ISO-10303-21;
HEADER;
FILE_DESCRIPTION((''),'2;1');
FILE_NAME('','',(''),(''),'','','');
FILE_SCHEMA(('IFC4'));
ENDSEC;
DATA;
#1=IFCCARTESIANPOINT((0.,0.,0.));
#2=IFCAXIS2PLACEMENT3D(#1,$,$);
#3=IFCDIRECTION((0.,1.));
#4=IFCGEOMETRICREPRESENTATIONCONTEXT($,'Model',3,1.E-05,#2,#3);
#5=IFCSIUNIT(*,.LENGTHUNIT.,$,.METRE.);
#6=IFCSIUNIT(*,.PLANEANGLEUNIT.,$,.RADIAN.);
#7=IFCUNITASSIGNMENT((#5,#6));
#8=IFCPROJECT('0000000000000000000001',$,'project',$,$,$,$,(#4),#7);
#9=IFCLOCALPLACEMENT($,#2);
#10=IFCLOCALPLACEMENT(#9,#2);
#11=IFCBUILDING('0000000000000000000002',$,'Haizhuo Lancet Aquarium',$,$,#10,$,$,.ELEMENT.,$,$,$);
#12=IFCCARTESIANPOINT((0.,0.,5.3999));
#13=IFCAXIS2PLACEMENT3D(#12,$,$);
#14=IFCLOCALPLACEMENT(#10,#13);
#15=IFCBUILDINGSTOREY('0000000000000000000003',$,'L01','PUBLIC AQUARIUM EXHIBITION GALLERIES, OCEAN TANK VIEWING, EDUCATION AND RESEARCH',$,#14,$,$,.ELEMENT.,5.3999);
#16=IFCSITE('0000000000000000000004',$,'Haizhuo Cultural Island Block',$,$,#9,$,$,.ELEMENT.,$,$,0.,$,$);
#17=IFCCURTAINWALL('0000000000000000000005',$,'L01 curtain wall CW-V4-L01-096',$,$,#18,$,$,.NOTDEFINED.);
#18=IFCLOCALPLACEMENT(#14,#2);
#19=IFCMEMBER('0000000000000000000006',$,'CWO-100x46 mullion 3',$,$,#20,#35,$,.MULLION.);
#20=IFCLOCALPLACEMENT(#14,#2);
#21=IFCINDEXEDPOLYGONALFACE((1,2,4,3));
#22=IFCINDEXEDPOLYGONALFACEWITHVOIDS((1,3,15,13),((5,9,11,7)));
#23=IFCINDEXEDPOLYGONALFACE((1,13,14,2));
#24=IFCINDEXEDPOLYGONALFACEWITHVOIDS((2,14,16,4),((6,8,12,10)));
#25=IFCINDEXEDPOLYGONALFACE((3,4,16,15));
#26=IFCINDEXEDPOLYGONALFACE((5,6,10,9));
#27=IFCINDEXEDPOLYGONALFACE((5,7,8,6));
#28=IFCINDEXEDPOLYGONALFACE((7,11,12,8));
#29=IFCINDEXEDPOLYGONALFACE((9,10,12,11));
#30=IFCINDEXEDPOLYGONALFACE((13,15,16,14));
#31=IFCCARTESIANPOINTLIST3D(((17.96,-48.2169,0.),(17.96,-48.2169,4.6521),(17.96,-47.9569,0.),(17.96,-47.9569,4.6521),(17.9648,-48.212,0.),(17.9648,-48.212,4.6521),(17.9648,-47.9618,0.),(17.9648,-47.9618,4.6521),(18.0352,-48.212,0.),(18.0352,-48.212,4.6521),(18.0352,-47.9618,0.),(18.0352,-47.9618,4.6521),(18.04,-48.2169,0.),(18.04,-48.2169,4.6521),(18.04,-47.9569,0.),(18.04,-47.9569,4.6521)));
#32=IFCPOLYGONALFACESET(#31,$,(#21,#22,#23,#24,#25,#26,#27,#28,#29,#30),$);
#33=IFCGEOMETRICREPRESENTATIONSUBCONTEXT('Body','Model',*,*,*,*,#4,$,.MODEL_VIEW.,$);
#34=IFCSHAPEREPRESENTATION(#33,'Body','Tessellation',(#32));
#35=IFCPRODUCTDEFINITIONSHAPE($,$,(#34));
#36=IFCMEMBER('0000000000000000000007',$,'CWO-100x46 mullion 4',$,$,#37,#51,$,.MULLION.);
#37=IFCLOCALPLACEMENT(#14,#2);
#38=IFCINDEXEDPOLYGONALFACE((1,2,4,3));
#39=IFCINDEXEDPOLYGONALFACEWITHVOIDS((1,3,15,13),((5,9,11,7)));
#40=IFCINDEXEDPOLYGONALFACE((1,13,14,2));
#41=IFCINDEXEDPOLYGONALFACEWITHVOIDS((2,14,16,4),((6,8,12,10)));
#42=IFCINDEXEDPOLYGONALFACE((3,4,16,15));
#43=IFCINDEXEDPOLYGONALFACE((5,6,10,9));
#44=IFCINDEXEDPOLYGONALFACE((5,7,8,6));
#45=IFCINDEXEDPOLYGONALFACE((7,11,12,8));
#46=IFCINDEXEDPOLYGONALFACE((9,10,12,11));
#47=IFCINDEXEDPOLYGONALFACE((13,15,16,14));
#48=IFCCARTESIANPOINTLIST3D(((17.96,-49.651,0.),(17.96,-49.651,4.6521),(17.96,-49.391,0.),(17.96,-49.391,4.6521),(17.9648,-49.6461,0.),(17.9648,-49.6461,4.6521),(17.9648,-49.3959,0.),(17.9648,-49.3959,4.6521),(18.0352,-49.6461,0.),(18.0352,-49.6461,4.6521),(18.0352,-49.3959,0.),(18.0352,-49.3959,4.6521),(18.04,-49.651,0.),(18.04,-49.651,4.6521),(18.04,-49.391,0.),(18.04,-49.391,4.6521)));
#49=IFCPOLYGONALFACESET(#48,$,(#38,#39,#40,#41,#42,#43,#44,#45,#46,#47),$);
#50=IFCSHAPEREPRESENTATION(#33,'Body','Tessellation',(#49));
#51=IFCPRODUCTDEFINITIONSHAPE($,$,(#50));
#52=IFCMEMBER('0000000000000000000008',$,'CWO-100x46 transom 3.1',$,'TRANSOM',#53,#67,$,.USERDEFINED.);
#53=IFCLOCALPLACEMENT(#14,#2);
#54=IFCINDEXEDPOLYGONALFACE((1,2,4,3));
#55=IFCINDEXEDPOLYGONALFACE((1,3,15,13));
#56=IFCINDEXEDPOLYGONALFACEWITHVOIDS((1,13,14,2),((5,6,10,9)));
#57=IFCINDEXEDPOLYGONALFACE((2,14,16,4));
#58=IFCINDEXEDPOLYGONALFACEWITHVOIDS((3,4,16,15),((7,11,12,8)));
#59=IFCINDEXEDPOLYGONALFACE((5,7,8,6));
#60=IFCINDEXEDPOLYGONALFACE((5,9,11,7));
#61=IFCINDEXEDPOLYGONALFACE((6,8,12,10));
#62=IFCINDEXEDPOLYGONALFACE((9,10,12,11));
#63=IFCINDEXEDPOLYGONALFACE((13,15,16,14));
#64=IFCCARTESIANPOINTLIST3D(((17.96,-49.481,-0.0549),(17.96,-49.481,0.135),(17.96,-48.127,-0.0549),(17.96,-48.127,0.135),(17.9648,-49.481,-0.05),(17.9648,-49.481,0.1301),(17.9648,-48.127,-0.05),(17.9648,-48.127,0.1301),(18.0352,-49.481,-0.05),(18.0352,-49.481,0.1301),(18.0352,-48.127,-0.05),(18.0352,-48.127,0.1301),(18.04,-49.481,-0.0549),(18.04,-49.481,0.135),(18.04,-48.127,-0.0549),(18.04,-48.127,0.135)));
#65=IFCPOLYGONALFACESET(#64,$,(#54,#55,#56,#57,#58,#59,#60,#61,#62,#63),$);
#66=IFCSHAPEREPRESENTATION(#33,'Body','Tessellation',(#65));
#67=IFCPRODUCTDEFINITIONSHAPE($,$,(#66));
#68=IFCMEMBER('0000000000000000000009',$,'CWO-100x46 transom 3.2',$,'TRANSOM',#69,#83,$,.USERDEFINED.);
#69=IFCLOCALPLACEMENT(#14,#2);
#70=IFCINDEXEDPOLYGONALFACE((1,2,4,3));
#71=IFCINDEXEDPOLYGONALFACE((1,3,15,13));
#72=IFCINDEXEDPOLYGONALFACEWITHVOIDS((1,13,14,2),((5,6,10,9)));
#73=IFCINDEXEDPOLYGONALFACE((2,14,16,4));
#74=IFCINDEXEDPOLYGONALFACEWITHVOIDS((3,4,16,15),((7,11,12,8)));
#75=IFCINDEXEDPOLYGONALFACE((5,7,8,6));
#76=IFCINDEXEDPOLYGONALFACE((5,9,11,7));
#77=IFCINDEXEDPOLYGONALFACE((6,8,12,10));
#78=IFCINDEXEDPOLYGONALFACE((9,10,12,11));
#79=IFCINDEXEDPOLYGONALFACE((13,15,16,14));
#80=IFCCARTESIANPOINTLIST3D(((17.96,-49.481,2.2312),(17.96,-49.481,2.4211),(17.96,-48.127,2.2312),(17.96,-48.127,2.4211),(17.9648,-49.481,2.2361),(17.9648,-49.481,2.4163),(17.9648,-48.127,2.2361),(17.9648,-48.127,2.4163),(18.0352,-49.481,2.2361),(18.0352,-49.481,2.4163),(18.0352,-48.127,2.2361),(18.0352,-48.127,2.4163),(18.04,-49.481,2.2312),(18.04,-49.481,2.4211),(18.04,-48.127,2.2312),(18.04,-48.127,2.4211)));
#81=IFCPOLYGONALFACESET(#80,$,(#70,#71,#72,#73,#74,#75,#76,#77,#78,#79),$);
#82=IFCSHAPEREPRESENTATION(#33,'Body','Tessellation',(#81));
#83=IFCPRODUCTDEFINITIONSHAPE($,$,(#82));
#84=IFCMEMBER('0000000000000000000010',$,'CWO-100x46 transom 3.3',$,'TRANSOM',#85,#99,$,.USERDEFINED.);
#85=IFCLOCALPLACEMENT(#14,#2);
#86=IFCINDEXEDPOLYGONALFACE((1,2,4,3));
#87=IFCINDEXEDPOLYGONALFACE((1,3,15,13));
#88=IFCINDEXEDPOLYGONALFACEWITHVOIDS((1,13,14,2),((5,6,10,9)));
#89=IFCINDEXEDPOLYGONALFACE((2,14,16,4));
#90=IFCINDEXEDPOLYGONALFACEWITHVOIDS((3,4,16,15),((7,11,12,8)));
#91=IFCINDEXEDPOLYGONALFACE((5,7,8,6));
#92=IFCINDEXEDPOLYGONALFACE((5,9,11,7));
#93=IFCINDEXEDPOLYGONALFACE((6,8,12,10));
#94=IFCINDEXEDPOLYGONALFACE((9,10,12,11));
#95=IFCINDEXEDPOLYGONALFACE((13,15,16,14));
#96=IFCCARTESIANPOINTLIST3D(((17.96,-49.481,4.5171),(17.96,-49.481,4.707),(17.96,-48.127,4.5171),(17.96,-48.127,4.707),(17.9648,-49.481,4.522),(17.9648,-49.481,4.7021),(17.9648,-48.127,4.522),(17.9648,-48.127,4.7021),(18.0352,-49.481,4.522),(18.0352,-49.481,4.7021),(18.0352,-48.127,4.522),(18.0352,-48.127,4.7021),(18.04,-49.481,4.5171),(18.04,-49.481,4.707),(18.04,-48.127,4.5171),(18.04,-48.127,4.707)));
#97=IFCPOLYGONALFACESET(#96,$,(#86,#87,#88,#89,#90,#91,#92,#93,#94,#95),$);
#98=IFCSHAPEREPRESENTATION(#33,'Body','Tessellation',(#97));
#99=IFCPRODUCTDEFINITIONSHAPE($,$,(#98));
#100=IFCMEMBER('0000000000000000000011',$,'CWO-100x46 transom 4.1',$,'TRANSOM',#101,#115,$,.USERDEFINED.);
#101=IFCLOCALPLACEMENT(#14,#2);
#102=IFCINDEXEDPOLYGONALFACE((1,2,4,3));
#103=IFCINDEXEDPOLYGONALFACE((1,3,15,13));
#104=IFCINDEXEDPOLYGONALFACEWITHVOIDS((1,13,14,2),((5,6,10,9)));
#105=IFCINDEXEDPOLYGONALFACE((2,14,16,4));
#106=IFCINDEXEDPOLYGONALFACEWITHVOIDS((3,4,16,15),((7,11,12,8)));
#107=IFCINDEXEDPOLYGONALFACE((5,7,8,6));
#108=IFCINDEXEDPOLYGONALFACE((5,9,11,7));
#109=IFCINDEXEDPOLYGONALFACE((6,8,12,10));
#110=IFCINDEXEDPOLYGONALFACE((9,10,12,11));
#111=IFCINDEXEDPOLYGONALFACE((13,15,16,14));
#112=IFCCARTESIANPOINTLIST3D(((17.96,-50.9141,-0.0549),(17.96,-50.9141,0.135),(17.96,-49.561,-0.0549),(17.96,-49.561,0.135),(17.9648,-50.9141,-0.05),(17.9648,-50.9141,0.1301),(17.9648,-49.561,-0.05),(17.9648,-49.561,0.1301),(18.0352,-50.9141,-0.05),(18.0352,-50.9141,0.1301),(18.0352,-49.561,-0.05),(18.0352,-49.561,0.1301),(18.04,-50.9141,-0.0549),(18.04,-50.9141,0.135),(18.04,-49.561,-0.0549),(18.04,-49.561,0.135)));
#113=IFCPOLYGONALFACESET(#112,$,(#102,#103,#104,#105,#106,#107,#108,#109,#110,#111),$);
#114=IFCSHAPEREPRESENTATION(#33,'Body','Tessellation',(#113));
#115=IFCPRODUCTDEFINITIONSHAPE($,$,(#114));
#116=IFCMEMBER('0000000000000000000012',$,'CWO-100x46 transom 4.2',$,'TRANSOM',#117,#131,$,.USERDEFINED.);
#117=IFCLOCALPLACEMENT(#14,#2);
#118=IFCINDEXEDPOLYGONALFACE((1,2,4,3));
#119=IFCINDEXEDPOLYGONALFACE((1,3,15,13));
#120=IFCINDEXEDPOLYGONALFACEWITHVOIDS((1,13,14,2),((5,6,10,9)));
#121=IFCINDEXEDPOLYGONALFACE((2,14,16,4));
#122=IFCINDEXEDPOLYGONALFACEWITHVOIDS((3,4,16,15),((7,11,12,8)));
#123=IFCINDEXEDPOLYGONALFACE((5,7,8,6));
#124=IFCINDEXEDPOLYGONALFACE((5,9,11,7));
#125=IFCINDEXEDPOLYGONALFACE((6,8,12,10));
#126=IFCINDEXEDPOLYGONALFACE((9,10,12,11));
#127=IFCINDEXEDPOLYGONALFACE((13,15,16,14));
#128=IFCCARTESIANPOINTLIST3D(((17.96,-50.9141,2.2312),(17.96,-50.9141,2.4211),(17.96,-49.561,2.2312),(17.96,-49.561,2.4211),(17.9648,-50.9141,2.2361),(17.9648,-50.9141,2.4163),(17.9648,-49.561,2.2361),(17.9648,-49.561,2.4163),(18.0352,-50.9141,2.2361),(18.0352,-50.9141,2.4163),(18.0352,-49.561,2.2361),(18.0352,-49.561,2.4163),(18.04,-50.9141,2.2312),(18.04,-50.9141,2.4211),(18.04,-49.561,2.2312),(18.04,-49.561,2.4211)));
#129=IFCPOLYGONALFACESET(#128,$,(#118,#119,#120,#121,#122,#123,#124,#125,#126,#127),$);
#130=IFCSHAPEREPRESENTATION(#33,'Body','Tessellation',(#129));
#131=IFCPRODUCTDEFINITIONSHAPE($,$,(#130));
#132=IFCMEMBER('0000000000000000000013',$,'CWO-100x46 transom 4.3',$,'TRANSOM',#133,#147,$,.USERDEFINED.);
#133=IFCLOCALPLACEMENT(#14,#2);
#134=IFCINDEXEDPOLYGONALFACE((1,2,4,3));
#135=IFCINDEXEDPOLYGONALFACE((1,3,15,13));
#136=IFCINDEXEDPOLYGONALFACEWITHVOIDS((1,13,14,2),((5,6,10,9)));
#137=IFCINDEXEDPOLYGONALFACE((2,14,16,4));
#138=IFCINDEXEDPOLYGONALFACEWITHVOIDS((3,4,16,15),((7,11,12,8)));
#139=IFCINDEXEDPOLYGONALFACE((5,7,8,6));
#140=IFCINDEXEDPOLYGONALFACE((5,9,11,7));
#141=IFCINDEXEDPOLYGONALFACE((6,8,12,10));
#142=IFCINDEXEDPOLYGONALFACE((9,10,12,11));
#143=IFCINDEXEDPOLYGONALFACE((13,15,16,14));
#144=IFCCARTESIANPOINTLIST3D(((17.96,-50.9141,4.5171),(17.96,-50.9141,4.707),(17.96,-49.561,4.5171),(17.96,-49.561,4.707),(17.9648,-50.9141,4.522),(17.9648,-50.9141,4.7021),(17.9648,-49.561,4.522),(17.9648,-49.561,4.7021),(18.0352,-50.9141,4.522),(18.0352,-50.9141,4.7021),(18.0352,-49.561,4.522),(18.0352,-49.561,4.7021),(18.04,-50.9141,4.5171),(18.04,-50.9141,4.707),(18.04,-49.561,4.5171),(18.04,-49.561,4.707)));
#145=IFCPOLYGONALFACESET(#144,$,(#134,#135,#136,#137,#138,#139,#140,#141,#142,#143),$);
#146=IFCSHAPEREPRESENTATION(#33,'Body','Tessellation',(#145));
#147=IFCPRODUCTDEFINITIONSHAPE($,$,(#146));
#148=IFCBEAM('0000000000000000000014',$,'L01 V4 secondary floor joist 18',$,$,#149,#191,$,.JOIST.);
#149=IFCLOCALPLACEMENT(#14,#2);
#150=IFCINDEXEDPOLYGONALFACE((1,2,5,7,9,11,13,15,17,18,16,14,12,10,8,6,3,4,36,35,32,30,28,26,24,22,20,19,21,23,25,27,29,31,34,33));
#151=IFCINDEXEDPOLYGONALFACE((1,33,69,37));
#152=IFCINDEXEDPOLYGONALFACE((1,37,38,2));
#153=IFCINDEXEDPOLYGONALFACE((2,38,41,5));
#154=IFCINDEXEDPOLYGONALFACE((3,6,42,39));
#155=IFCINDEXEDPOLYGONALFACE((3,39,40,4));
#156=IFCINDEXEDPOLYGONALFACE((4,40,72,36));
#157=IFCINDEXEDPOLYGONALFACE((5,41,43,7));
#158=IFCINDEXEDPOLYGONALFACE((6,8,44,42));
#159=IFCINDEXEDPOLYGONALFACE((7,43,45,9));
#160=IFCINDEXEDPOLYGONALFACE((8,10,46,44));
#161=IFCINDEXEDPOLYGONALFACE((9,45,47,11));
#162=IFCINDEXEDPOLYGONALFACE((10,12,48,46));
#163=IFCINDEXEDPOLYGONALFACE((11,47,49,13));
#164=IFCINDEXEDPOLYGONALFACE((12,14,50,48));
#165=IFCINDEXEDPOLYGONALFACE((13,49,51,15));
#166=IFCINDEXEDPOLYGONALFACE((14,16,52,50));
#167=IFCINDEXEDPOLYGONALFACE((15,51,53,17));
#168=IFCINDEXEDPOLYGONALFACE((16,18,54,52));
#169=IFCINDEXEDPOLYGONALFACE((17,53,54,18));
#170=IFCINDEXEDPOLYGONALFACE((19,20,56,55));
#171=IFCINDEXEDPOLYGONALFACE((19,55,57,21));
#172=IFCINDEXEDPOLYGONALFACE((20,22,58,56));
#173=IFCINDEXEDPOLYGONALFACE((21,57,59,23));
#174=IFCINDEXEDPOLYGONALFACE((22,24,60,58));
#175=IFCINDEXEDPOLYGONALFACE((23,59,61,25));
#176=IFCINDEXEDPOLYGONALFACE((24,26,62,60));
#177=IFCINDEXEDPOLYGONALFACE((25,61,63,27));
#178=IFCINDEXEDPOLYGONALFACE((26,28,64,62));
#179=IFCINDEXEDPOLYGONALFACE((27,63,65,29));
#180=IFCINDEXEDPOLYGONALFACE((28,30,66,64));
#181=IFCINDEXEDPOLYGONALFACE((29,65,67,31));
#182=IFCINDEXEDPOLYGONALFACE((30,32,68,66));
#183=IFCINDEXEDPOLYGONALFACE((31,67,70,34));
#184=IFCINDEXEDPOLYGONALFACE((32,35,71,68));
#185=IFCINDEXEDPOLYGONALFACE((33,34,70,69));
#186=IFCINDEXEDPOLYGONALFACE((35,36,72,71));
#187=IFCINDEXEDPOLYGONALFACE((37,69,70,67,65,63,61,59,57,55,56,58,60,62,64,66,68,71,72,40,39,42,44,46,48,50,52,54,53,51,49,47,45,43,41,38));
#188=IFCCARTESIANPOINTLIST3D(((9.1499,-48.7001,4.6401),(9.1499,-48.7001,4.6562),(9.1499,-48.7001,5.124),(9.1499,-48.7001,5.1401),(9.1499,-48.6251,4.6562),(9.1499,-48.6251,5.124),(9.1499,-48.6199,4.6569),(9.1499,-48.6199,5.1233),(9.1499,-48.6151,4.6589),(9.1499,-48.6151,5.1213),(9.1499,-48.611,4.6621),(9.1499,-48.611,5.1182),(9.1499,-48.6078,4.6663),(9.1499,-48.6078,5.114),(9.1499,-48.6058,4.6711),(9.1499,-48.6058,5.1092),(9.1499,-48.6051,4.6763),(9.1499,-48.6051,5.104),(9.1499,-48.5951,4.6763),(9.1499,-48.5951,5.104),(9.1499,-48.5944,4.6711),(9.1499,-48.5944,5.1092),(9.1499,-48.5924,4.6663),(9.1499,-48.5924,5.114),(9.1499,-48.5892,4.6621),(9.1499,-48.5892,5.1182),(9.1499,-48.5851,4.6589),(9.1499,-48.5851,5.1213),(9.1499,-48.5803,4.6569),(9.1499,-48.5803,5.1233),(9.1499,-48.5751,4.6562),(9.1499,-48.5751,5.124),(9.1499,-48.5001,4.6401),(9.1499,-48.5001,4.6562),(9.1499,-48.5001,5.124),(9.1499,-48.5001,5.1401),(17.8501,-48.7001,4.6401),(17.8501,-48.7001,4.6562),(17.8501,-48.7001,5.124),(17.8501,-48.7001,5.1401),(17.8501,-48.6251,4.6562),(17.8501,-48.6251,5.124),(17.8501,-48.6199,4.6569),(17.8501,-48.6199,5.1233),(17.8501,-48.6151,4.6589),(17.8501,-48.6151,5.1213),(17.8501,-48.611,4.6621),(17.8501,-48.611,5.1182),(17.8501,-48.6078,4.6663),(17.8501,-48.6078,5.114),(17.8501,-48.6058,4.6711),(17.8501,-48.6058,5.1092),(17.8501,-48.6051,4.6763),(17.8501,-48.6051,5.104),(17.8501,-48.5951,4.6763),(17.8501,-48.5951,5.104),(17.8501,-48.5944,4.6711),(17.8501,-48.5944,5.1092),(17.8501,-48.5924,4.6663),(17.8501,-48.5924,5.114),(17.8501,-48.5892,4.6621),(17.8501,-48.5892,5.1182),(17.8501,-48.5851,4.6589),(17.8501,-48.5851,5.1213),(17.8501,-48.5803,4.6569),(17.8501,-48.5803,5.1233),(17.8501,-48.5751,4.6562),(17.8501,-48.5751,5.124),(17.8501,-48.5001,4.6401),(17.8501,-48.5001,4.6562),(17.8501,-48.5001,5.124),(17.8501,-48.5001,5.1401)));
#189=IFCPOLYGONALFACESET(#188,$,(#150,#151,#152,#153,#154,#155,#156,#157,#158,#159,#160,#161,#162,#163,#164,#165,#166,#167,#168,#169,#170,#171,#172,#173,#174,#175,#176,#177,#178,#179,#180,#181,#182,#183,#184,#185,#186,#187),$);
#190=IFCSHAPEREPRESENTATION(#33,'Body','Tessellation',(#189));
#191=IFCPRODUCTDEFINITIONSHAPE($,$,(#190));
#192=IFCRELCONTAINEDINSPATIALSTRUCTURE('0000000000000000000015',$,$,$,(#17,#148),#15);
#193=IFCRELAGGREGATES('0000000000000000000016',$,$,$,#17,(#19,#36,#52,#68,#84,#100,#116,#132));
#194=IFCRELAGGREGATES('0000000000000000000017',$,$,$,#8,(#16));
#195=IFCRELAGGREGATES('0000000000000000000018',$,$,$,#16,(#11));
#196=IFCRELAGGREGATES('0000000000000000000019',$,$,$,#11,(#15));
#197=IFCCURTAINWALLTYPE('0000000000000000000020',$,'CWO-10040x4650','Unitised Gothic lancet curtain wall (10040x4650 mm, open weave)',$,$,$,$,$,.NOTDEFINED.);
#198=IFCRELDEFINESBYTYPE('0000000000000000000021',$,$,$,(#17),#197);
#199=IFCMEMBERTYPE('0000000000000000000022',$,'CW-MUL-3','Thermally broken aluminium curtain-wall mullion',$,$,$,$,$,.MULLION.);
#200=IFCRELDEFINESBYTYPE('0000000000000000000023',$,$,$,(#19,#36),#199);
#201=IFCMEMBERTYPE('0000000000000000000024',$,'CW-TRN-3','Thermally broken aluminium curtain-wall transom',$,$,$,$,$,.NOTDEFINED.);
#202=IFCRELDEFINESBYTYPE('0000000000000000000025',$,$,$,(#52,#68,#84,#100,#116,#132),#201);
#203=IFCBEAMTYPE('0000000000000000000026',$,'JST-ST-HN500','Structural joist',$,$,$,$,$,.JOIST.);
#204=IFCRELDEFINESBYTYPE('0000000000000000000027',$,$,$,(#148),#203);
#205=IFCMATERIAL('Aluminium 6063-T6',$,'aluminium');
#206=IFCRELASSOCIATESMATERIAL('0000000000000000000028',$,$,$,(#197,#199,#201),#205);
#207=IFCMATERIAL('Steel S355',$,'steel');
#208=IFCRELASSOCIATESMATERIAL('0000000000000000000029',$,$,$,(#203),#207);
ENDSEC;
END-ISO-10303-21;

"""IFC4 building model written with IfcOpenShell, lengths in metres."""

from ifc_helpers import new_model, si_unit, direction, frame, origin, origin_2d, place, context, subcontext, project, spatial, hollow_rectangle, i_section, extrude, material, material_profile, profile_set, type_object, element, aggregate, save


model = new_model("IFC4")

# Units and contexts
model_context = context("Model", 3, precision=1e-05, world=origin(), true_north=direction((0.0, 1.0)))
body_context = subcontext(model_context, "Body", "Model", "MODEL_VIEW")
ifc_project = project(units=[si_unit("LENGTHUNIT", "METRE"), si_unit("PLANEANGLEUNIT", "RADIAN")], contexts=[model_context])

# Site, building, storey
site_placement = place(None, origin())
site = spatial("IfcSite", under=ifc_project, at=site_placement, Name="Haizhuo Cultural Island Block", CompositionType="ELEMENT", RefElevation=0.0)
building_placement = place(site_placement, origin())
building = spatial("IfcBuilding", under=site, at=building_placement, Name="Haizhuo Lancet Aquarium", CompositionType="ELEMENT")
storey_placement = place(building_placement, frame((0.0, 0.0, 5.3999)))
storey = spatial("IfcBuildingStorey", under=building, at=storey_placement, Name="L01", Description="PUBLIC AQUARIUM EXHIBITION GALLERIES, OCEAN TANK VIEWING, EDUCATION AND RESEARCH", CompositionType="ELEMENT", Elevation=5.3999)

# Curtain wall, members
ifc_material_1 = material(Name="Aluminium 6063-T6", Category="aluminium")
curtain_wall_type = type_object("IfcCurtainWallType", Name="CWO-10040x4650", Description="Unitised Gothic lancet curtain wall (10040x4650 mm, open weave)", PredefinedType="NOTDEFINED", material=ifc_material_1)
curtain_wall_placement = place(storey_placement, origin())
curtain_wall = element("IfcCurtainWall", 1, at=curtain_wall_placement, inside=storey, type_object=curtain_wall_type, Name="L01 curtain wall CW-V4-L01-096", PredefinedType="NOTDEFINED")
ifc_material_profile_1 = material_profile(ifc_material_1, hollow_rectangle(XDim=0.0801, YDim=0.26, WallThickness=0.0049, at=origin_2d()), Name="ALU-M 80x260x5")
ifc_profile_set_1 = profile_set([ifc_material_profile_1], Name="Aluminium 6063-T6")
member_type_1 = type_object("IfcMemberType", Name="CW-MUL-3", Description="Thermally broken aluminium curtain-wall mullion", PredefinedType="MULLION", material=ifc_profile_set_1)
member_1_placement = place(storey_placement, frame((18.0, -48.0869, 0.0), z_axis=(0.0, 0.0, 1.0), x_axis=(1.0, 0.0, 0.0)))
member_1 = element("IfcMember", 2, at=member_1_placement, type_object=member_type_1, Name="CWO-100x46 mullion 3", PredefinedType="MULLION", context=body_context, shape_type="SweptSolid", body=[
    extrude(hollow_rectangle(XDim=0.0801, YDim=0.26, WallThickness=0.0049, at=origin_2d()), origin(), (0.0, 0.0, 1.0), 4.6521),
])
member_2_placement = place(storey_placement, frame((18.0, -49.521, 0.0), z_axis=(0.0, 0.0, 1.0), x_axis=(1.0, 0.0, 0.0)))
member_2 = element("IfcMember", 3, at=member_2_placement, type_object=member_type_1, Name="CWO-100x46 mullion 4", PredefinedType="MULLION", context=body_context, shape_type="SweptSolid", body=[
    extrude(hollow_rectangle(XDim=0.0801, YDim=0.26, WallThickness=0.0049, at=origin_2d()), origin(), (0.0, 0.0, 1.0), 4.6521),
])
ifc_material_profile_2 = material_profile(ifc_material_1, hollow_rectangle(XDim=0.0801, YDim=0.1899, WallThickness=0.0049, at=origin_2d()), Name="ALU-T 80x190x5")
ifc_profile_set_2 = profile_set([ifc_material_profile_2], Name="Aluminium 6063-T6")
member_type_2 = type_object("IfcMemberType", Name="CW-TRN-3", Description="Thermally broken aluminium curtain-wall transom", PredefinedType="NOTDEFINED", material=ifc_profile_set_2)
member_3_placement = place(storey_placement, frame((18.0, -48.127, 0.04), z_axis=(0.0, -1.0, 0.0), x_axis=(1.0, 0.0, 0.0)))
member_3 = element("IfcMember", 4, at=member_3_placement, type_object=member_type_2, Name="CWO-100x46 transom 3.1", ObjectType="TRANSOM", PredefinedType="USERDEFINED", context=body_context, shape_type="SweptSolid", body=[
    extrude(hollow_rectangle(XDim=0.0801, YDim=0.1899, WallThickness=0.0049, at=origin_2d()), origin(), (0.0, 0.0, 1.0), 1.354),
])
member_4_placement = place(storey_placement, frame((18.0, -48.127, 2.3262), z_axis=(0.0, -1.0, 0.0), x_axis=(1.0, 0.0, 0.0)))
member_4 = element("IfcMember", 5, at=member_4_placement, type_object=member_type_2, Name="CWO-100x46 transom 3.2", ObjectType="TRANSOM", PredefinedType="USERDEFINED", context=body_context, shape_type="SweptSolid", body=[
    extrude(hollow_rectangle(XDim=0.0801, YDim=0.1899, WallThickness=0.0049, at=origin_2d()), origin(), (0.0, 0.0, 1.0), 1.354),
])
member_5_placement = place(storey_placement, frame((18.0, -48.127, 4.6121), z_axis=(0.0, -1.0, 0.0), x_axis=(1.0, 0.0, 0.0)))
member_5 = element("IfcMember", 6, at=member_5_placement, type_object=member_type_2, Name="CWO-100x46 transom 3.3", ObjectType="TRANSOM", PredefinedType="USERDEFINED", context=body_context, shape_type="SweptSolid", body=[
    extrude(hollow_rectangle(XDim=0.0801, YDim=0.1899, WallThickness=0.0049, at=origin_2d()), origin(), (0.0, 0.0, 1.0), 1.354),
])
member_6_placement = place(storey_placement, frame((18.0, -49.561, 0.04), z_axis=(0.0, -1.0, 0.0), x_axis=(1.0, 0.0, 0.0)))
member_6 = element("IfcMember", 7, at=member_6_placement, type_object=member_type_2, Name="CWO-100x46 transom 4.1", ObjectType="TRANSOM", PredefinedType="USERDEFINED", context=body_context, shape_type="SweptSolid", body=[
    extrude(hollow_rectangle(XDim=0.0801, YDim=0.1899, WallThickness=0.0049, at=origin_2d()), origin(), (0.0, 0.0, 1.0), 1.353),
])
member_7_placement = place(storey_placement, frame((18.0, -49.561, 2.3262), z_axis=(0.0, -1.0, 0.0), x_axis=(1.0, 0.0, 0.0)))
member_7 = element("IfcMember", 8, at=member_7_placement, type_object=member_type_2, Name="CWO-100x46 transom 4.2", ObjectType="TRANSOM", PredefinedType="USERDEFINED", context=body_context, shape_type="SweptSolid", body=[
    extrude(hollow_rectangle(XDim=0.0801, YDim=0.1899, WallThickness=0.0049, at=origin_2d()), origin(), (0.0, 0.0, 1.0), 1.353),
])
member_8_placement = place(storey_placement, frame((18.0, -49.561, 4.6121), z_axis=(0.0, -1.0, 0.0), x_axis=(1.0, 0.0, 0.0)))
member_8 = element("IfcMember", 9, at=member_8_placement, type_object=member_type_2, Name="CWO-100x46 transom 4.3", ObjectType="TRANSOM", PredefinedType="USERDEFINED", context=body_context, shape_type="SweptSolid", body=[
    extrude(hollow_rectangle(XDim=0.0801, YDim=0.1899, WallThickness=0.0049, at=origin_2d()), origin(), (0.0, 0.0, 1.0), 1.353),
])

# Beam
ifc_material_2 = material(Name="Steel S355", Category="steel")
ifc_material_profile_3 = material_profile(ifc_material_2, i_section(OverallWidth=0.2, OverallDepth=0.5, WebThickness=0.01, FlangeThickness=0.0161, FilletRadius=0.02, at=origin_2d()), Name="HN 500x200x10x16")
ifc_profile_set_3 = profile_set([ifc_material_profile_3], Name="Steel S355")
beam_type = type_object("IfcBeamType", Name="JST-ST-HN500", Description="Structural joist", PredefinedType="JOIST", material=ifc_profile_set_3)
beam_placement = place(storey_placement, frame((9.1499, -48.6001, 4.8901), z_axis=(1.0, 0.0, 0.0), x_axis=(0.0, 1.0, 0.0)))
element("IfcBeam", 10, at=beam_placement, inside=storey, type_object=beam_type, Name="L01 V4 secondary floor joist 18", PredefinedType="JOIST", context=body_context, shape_type="SweptSolid", body=[
    extrude(i_section(OverallWidth=0.2, OverallDepth=0.5, WebThickness=0.01, FlangeThickness=0.0161, FilletRadius=0.02, at=origin_2d()), origin(), (0.0, 0.0, 1.0), 8.7002),
])

aggregate(curtain_wall, [member_1, member_2, member_3, member_4, member_5, member_6, member_7, member_8])

save(model, "model.ifc")
